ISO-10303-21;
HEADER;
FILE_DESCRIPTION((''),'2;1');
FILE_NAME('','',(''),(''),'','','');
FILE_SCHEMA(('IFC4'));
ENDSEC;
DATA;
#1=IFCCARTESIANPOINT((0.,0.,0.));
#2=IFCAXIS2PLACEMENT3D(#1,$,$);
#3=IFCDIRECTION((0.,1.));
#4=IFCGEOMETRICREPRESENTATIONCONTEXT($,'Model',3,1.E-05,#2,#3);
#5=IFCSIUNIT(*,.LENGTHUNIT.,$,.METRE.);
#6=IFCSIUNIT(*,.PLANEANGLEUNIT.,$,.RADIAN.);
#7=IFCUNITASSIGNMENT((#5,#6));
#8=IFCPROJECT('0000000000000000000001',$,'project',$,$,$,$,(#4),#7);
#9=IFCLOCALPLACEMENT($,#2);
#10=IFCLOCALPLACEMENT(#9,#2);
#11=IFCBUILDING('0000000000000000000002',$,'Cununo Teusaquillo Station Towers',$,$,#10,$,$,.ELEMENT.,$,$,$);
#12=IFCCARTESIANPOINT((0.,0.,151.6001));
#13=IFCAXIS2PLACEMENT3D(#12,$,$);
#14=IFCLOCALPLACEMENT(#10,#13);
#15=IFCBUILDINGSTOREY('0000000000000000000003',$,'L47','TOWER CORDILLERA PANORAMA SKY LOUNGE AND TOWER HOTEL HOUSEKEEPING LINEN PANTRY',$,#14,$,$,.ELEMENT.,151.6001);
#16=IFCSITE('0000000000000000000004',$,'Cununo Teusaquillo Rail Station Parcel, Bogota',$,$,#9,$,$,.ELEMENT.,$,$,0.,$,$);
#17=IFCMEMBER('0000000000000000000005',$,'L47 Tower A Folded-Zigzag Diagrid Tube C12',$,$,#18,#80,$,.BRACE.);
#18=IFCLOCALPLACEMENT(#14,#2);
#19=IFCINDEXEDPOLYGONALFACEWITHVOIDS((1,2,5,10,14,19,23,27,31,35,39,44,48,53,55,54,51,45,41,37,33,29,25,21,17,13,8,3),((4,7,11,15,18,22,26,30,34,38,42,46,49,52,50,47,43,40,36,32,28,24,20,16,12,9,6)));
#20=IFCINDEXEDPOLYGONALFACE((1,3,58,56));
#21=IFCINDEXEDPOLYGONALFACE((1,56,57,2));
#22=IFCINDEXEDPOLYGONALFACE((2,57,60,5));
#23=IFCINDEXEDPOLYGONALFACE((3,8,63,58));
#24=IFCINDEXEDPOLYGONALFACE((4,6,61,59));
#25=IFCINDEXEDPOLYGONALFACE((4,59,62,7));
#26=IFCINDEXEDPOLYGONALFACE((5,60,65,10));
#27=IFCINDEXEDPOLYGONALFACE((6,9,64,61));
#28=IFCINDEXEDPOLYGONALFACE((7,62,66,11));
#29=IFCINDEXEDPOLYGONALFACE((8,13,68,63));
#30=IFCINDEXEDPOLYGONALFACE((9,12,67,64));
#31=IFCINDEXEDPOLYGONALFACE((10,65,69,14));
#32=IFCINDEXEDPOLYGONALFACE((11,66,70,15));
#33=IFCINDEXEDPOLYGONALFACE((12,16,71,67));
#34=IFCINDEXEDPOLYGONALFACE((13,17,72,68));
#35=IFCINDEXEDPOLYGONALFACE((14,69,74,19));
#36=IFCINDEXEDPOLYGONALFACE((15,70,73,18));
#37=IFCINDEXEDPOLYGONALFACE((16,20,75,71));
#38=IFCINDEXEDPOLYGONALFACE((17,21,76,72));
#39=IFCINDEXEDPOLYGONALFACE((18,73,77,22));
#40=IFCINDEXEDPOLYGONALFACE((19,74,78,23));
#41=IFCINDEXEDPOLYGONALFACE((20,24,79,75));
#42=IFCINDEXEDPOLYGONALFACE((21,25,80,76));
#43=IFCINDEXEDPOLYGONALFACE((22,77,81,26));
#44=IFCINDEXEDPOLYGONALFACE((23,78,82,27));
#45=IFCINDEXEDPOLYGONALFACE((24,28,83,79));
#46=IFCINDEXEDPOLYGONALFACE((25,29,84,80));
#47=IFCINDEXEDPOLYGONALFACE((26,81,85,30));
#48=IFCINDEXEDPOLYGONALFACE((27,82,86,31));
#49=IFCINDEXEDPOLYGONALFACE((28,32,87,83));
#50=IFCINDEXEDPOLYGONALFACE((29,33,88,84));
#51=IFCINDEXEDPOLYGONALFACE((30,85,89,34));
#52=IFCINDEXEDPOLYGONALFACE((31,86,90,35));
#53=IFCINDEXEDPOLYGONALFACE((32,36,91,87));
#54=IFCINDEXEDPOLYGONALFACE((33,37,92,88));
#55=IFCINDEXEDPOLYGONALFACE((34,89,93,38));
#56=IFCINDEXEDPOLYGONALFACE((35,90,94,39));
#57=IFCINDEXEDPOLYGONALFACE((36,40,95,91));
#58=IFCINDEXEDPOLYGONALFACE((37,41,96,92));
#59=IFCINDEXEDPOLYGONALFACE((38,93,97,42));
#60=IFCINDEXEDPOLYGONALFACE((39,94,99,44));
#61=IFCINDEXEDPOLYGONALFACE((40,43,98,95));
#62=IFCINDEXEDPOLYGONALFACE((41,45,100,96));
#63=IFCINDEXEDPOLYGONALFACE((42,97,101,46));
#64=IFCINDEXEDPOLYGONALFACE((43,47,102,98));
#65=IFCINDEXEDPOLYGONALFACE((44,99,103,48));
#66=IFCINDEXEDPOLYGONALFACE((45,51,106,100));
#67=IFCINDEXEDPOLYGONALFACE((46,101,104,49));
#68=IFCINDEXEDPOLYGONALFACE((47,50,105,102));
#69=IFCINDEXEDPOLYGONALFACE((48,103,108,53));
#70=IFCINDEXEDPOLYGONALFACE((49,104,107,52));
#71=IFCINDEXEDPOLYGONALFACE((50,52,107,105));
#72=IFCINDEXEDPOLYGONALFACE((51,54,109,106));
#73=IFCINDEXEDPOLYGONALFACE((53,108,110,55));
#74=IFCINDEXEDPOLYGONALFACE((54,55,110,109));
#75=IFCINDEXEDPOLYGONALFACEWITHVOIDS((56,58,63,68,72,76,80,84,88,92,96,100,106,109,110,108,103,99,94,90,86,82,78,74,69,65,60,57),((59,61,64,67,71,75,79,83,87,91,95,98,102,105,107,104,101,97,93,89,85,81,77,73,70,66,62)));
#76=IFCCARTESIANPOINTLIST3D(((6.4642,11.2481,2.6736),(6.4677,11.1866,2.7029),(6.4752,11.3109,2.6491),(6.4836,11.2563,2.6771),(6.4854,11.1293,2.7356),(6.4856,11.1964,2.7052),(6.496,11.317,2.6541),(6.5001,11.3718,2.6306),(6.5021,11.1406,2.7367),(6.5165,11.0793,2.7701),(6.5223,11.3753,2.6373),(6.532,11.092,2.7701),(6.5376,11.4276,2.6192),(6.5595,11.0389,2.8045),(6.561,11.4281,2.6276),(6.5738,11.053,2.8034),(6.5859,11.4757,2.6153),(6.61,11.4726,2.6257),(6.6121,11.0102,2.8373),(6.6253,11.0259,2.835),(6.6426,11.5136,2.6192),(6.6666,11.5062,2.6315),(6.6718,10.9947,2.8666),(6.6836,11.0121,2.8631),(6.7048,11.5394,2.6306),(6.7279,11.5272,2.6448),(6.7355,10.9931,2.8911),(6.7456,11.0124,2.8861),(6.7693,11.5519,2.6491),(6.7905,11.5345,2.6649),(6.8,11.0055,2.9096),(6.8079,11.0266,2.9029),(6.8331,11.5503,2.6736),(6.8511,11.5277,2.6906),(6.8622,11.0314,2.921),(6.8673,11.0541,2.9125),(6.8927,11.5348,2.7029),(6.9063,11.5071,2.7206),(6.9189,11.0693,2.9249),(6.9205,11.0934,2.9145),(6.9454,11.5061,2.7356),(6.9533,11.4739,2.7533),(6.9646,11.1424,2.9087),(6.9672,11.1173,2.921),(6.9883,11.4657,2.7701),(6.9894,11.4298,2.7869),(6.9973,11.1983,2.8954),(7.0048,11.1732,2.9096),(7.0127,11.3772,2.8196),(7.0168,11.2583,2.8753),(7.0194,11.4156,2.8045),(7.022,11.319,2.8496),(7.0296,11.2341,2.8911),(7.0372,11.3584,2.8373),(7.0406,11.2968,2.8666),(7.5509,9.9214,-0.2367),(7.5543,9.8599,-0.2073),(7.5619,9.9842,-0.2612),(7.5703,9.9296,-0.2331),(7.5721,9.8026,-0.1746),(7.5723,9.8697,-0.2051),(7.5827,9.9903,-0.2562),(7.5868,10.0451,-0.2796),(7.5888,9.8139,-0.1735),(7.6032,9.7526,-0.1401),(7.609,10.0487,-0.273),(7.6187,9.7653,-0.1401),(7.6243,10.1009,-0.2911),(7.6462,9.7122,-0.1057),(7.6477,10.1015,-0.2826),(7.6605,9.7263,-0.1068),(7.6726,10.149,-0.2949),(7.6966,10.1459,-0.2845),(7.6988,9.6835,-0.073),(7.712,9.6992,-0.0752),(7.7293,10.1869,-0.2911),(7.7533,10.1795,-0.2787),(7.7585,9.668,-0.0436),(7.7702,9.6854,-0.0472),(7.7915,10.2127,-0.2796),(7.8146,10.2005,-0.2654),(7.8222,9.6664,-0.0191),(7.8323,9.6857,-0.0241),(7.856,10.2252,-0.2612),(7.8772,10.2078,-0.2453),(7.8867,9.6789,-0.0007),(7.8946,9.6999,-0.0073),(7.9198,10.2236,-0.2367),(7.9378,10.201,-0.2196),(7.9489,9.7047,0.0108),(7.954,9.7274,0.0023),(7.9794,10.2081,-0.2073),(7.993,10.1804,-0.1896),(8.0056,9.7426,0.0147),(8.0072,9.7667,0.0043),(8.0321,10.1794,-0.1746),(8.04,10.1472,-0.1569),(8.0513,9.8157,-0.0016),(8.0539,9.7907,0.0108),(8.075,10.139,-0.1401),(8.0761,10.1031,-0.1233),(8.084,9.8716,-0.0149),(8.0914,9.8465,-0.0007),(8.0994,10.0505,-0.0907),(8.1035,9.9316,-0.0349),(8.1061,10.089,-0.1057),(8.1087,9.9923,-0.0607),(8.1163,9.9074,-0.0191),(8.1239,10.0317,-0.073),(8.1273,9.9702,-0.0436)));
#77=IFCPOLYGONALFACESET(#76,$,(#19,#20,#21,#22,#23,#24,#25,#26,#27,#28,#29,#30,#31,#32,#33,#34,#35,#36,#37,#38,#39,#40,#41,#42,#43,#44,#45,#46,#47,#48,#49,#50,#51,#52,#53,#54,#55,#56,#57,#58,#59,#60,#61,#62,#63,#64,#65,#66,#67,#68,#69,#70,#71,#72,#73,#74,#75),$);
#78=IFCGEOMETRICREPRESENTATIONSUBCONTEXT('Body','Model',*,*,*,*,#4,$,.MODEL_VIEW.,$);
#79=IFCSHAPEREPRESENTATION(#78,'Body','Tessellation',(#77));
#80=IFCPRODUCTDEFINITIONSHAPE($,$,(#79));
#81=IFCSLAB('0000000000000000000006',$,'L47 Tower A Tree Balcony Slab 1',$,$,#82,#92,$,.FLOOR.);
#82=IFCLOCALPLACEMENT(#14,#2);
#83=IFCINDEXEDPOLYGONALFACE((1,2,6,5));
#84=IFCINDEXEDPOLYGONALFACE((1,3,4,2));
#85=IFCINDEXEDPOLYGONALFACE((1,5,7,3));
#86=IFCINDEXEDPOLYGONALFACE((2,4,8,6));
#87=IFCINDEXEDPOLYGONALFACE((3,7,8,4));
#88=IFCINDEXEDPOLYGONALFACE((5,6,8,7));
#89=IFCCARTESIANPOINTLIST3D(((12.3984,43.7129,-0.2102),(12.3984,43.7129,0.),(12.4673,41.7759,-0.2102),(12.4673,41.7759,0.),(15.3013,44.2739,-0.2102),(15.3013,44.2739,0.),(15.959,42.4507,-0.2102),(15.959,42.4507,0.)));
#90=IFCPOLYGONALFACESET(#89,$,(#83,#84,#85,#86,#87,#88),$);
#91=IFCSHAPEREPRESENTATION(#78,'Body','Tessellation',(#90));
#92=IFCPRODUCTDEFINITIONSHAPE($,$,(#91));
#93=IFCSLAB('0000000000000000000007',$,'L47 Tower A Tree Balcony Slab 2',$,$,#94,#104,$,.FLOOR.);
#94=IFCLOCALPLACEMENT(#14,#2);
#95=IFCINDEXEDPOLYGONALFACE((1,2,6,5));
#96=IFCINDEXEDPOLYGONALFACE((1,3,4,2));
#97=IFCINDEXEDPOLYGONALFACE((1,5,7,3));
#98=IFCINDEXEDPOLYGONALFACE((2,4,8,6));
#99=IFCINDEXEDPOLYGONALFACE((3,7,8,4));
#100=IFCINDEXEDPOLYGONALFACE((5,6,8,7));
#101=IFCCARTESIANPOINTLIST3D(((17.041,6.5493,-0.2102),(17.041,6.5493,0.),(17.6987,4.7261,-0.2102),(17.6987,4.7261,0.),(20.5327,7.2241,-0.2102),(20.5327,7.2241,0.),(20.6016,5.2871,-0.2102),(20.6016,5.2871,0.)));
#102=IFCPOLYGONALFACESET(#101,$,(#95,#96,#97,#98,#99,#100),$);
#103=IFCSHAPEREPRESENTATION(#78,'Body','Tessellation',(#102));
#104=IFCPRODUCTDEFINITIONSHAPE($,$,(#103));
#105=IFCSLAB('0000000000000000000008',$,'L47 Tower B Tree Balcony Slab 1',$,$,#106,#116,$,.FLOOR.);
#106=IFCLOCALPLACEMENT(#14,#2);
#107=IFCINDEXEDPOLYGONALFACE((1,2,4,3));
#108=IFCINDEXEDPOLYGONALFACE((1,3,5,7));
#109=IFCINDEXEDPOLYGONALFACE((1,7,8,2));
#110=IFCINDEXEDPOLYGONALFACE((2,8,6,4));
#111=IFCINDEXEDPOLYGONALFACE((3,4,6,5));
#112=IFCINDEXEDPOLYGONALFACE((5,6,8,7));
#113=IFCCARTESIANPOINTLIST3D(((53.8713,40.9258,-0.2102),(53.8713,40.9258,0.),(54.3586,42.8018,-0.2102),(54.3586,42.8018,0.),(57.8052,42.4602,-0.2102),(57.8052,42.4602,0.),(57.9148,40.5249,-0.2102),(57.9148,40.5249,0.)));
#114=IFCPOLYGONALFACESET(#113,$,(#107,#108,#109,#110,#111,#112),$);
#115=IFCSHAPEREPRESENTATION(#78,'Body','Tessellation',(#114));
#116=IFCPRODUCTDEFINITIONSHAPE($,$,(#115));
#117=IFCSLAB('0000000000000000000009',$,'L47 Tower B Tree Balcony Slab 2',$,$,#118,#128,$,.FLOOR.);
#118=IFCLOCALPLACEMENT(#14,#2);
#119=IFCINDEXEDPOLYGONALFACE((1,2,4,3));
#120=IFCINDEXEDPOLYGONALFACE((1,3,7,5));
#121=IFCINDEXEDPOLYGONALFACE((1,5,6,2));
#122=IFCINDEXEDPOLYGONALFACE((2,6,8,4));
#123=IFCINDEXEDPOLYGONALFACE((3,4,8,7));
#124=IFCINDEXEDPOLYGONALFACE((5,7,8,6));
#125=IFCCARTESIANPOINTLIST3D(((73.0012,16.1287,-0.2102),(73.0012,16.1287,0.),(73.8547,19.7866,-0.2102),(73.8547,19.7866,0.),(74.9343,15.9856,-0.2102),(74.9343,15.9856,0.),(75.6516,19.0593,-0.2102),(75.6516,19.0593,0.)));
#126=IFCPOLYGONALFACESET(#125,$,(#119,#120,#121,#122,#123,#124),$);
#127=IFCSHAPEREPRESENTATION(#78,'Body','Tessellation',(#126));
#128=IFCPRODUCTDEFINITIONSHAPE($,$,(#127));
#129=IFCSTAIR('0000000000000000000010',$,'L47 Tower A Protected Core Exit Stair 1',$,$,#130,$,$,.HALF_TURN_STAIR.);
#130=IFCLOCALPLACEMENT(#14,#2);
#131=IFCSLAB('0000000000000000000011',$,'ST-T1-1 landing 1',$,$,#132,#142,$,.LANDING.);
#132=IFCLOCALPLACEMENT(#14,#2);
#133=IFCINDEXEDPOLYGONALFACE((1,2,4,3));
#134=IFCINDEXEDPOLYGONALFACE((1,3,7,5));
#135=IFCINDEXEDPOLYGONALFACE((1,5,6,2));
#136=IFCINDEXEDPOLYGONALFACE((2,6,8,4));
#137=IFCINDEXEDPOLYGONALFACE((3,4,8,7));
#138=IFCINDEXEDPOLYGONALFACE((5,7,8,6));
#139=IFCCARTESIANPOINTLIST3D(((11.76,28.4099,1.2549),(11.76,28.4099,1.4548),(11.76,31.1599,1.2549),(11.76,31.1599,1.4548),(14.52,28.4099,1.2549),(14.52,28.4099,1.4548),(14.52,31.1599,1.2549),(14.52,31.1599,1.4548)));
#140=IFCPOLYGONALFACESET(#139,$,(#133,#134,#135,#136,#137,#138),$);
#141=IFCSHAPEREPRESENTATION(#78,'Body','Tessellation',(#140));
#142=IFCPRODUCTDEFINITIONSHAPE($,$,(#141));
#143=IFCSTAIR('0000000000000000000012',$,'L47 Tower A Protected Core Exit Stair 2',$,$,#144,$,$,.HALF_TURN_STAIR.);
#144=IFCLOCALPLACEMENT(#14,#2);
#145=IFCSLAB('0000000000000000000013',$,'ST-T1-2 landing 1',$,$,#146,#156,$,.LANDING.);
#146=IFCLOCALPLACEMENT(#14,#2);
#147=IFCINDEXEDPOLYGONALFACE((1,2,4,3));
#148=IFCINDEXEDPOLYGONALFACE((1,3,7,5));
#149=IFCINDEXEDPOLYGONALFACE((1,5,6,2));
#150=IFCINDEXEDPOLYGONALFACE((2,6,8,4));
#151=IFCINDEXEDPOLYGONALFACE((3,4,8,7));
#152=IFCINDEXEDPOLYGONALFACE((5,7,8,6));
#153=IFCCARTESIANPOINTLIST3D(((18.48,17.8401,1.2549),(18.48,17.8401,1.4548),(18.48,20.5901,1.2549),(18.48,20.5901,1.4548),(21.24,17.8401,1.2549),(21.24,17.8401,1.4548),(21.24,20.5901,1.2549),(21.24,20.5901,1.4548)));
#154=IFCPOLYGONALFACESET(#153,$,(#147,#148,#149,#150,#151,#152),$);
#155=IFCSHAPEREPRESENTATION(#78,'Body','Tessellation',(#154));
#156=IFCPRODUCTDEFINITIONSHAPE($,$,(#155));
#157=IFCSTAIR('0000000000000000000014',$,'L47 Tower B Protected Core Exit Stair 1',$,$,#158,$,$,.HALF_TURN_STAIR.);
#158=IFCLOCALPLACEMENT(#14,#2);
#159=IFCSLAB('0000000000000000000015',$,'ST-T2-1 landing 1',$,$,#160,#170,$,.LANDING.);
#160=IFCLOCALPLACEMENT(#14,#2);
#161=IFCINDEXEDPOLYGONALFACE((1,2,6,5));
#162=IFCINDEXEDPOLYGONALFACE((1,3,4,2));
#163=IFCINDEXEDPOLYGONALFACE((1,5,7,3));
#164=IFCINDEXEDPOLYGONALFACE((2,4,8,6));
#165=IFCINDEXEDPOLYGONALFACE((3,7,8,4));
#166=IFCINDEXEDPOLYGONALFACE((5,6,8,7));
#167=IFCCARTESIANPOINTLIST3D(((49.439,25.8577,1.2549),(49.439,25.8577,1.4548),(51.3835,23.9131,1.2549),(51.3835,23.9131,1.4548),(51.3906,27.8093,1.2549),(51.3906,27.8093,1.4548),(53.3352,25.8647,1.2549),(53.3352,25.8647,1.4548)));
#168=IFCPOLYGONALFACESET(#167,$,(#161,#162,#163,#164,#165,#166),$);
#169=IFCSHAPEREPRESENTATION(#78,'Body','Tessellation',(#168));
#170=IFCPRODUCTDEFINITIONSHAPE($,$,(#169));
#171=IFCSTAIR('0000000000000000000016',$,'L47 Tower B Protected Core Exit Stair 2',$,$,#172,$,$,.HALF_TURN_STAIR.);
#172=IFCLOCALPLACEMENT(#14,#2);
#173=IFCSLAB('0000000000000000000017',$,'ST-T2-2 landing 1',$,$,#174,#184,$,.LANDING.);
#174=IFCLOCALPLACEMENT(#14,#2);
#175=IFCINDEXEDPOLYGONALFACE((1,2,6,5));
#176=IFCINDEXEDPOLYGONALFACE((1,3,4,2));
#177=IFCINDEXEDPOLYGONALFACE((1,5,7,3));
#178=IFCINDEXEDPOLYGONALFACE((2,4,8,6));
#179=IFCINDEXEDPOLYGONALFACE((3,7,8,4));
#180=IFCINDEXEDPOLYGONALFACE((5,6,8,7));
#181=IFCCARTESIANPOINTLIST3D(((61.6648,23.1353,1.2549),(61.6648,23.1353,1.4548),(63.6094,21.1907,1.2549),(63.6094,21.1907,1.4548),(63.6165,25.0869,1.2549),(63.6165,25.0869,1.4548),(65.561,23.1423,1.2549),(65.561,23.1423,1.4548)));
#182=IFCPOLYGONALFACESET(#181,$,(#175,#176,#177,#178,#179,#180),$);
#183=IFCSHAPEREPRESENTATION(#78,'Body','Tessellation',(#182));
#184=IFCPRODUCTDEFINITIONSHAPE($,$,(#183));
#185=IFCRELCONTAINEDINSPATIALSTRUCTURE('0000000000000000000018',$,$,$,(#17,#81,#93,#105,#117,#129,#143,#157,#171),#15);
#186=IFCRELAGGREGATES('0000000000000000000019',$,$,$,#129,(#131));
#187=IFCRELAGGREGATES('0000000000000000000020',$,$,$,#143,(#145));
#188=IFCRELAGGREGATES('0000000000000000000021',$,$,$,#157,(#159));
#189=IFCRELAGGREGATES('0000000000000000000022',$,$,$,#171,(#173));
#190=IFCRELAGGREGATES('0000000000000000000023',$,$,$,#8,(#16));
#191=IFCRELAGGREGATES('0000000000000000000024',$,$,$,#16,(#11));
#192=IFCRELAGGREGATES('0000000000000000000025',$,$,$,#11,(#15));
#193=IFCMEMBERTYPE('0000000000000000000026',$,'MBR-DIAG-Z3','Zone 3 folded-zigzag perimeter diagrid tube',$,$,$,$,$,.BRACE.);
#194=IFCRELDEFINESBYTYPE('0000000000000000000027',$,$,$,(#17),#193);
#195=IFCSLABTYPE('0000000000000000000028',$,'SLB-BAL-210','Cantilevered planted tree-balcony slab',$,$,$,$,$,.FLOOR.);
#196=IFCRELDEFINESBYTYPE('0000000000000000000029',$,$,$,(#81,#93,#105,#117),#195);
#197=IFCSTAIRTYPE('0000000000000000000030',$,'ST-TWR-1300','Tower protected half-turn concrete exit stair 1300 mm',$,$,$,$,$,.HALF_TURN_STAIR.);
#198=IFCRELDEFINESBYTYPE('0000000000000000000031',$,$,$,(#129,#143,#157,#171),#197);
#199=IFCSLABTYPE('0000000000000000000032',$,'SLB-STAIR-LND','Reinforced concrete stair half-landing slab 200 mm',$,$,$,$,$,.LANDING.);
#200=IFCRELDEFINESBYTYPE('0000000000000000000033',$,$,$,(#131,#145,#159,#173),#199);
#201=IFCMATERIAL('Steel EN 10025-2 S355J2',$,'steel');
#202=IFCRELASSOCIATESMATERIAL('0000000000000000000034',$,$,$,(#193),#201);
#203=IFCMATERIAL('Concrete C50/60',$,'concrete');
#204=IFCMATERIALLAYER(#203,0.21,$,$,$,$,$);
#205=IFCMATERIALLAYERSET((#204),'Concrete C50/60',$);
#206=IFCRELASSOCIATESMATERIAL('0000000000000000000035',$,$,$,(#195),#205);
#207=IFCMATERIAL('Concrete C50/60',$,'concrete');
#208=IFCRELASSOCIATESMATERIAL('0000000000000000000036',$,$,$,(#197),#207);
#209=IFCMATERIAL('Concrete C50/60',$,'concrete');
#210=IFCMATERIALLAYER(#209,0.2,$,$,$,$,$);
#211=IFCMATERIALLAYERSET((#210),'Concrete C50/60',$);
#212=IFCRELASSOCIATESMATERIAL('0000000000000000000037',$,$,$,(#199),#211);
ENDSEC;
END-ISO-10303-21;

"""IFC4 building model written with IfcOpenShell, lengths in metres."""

from ifc_helpers import new_model, si_unit, direction, frame, origin, origin_2d, place, context, subcontext, project, spatial, polyline, hollow_circle, outline, extrude, material, layer, layer_set, material_profile, profile_set, type_object, element, aggregate, save


model = new_model("IFC4")

# Units and contexts
model_context = context("Model", 3, precision=1e-05, world=origin(), true_north=direction((0.0, 1.0)))
body_context = subcontext(model_context, "Body", "Model", "MODEL_VIEW")
ifc_project = project(units=[si_unit("LENGTHUNIT", "METRE"), si_unit("PLANEANGLEUNIT", "RADIAN")], contexts=[model_context])

# Site, building, storey
site_placement = place(None, origin())
site = spatial("IfcSite", under=ifc_project, at=site_placement, Name="Cununo Teusaquillo Rail Station Parcel, Bogota", CompositionType="ELEMENT", RefElevation=0.0)
building_placement = place(site_placement, origin())
building = spatial("IfcBuilding", under=site, at=building_placement, Name="Cununo Teusaquillo Station Towers", CompositionType="ELEMENT")
storey_placement = place(building_placement, frame((0.0, 0.0, 151.6001)))
storey = spatial("IfcBuildingStorey", under=building, at=storey_placement, Name="L47", Description="TOWER CORDILLERA PANORAMA SKY LOUNGE AND TOWER HOTEL HOUSEKEEPING LINEN PANTRY", CompositionType="ELEMENT", Elevation=151.6001)

# Member
ifc_material_1 = material(Name="Steel EN 10025-2 S355J2", Category="steel")
ifc_material_profile_1 = material_profile(ifc_material_1, hollow_circle(Radius=0.3049, WallThickness=0.02, at=origin_2d()), Name="CHS 610x20")
ifc_profile_set_1 = profile_set([ifc_material_profile_1], Name="Steel EN 10025-2 S355J2")
member_type = type_object("IfcMemberType", Name="MBR-DIAG-Z3", Description="Zone 3 folded-zigzag perimeter diagrid tube", PredefinedType="BRACE", material=ifc_profile_set_1)
member_placement = place(storey_placement, frame((7.8391, 9.9458, -0.1401), z_axis=(-0.321704, 0.392753, 0.86154), x_axis=(-0.773608, -0.633664, 0.0)))
element("IfcMember", 1, at=member_placement, inside=storey, type_object=member_type, Name="L47 Tower A Folded-Zigzag Diagrid Tube C12", PredefinedType="BRACE", context=body_context, shape_type="SweptSolid", body=[
    extrude(hollow_circle(Radius=0.3049, WallThickness=0.02, at=origin_2d()), origin(), (0.0, 0.0, 1.0), 3.3779),
])

# Slabs
ifc_material_2 = material(Name="Concrete C50/60", Category="concrete")
ifc_layer_1 = layer(ifc_material_2, 0.21)
ifc_layer_set_1 = layer_set([ifc_layer_1], Name="Concrete C50/60")
slab_type_1 = type_object("IfcSlabType", Name="SLB-BAL-210", Description="Cantilevered planted tree-balcony slab", PredefinedType="FLOOR", material=ifc_layer_set_1)
slab_1_placement = place(storey_placement, frame((0.0, 0.0, -0.2102)))
element("IfcSlab", 2, at=slab_1_placement, inside=storey, type_object=slab_type_1, Name="L47 Tower A Tree Balcony Slab 1", PredefinedType="FLOOR", context=body_context, shape_type="SweptSolid", body=[
    extrude(outline(polyline([(15.959, 42.4507), (12.4673, 41.7759), (12.3984, 43.7129), (15.3013, 44.2739), (15.959, 42.4507)])), origin(), (0.0, 0.0, 1.0), 0.2102),
])
slab_2_placement = place(storey_placement, frame((0.0, 0.0, -0.2102)))
element("IfcSlab", 3, at=slab_2_placement, inside=storey, type_object=slab_type_1, Name="L47 Tower A Tree Balcony Slab 2", PredefinedType="FLOOR", context=body_context, shape_type="SweptSolid", body=[
    extrude(outline(polyline([(17.041, 6.5493), (20.5327, 7.2241), (20.6016, 5.2871), (17.6987, 4.7261), (17.041, 6.5493)])), origin(), (0.0, 0.0, 1.0), 0.2102),
])
slab_3_placement = place(storey_placement, frame((0.0, 0.0, -0.2102)))
element("IfcSlab", 4, at=slab_3_placement, inside=storey, type_object=slab_type_1, Name="L47 Tower B Tree Balcony Slab 1", PredefinedType="FLOOR", context=body_context, shape_type="SweptSolid", body=[
    extrude(outline(polyline([(57.9148, 40.5249), (53.8713, 40.9258), (54.3586, 42.8018), (57.8052, 42.4602), (57.9148, 40.5249)])), origin(), (0.0, 0.0, 1.0), 0.2102),
])
slab_4_placement = place(storey_placement, frame((0.0, 0.0, -0.2102)))
element("IfcSlab", 5, at=slab_4_placement, inside=storey, type_object=slab_type_1, Name="L47 Tower B Tree Balcony Slab 2", PredefinedType="FLOOR", context=body_context, shape_type="SweptSolid", body=[
    extrude(outline(polyline([(73.0012, 16.1287), (73.8547, 19.7866), (75.6516, 19.0593), (74.9343, 15.9856), (73.0012, 16.1287)])), origin(), (0.0, 0.0, 1.0), 0.2102),
])

# Stairs, slabs
ifc_material_3 = material(Name="Concrete C50/60", Category="concrete")
stair_type = type_object("IfcStairType", Name="ST-TWR-1300", Description="Tower protected half-turn concrete exit stair 1300 mm", PredefinedType="HALF_TURN_STAIR", material=ifc_material_3)
stair_1_placement = place(storey_placement, origin())
stair_1 = element("IfcStair", 6, at=stair_1_placement, inside=storey, type_object=stair_type, Name="L47 Tower A Protected Core Exit Stair 1", PredefinedType="HALF_TURN_STAIR")
ifc_material_4 = material(Name="Concrete C50/60", Category="concrete")
ifc_layer_2 = layer(ifc_material_4, 0.2)
ifc_layer_set_2 = layer_set([ifc_layer_2], Name="Concrete C50/60")
slab_type_2 = type_object("IfcSlabType", Name="SLB-STAIR-LND", Description="Reinforced concrete stair half-landing slab 200 mm", PredefinedType="LANDING", material=ifc_layer_set_2)
slab_5_placement = place(storey_placement, frame((0.0, 0.0, 1.2549)))
slab_5 = element("IfcSlab", 7, at=slab_5_placement, type_object=slab_type_2, Name="ST-T1-1 landing 1", PredefinedType="LANDING", context=body_context, shape_type="SweptSolid", body=[
    extrude(outline(polyline([(14.52, 28.4099), (14.52, 31.1599), (11.76, 31.1599), (11.76, 28.4099), (14.52, 28.4099)])), origin(), (0.0, 0.0, 1.0), 0.2),
])
aggregate(stair_1, [slab_5])
stair_2_placement = place(storey_placement, origin())
stair_2 = element("IfcStair", 8, at=stair_2_placement, inside=storey, type_object=stair_type, Name="L47 Tower A Protected Core Exit Stair 2", PredefinedType="HALF_TURN_STAIR")
slab_6_placement = place(storey_placement, frame((0.0, 0.0, 1.2549)))
slab_6 = element("IfcSlab", 9, at=slab_6_placement, type_object=slab_type_2, Name="ST-T1-2 landing 1", PredefinedType="LANDING", context=body_context, shape_type="SweptSolid", body=[
    extrude(outline(polyline([(18.48, 20.5901), (18.48, 17.8401), (21.24, 17.8401), (21.24, 20.5901), (18.48, 20.5901)])), origin(), (0.0, 0.0, 1.0), 0.2),
])
aggregate(stair_2, [slab_6])
stair_3_placement = place(storey_placement, origin())
stair_3 = element("IfcStair", 10, at=stair_3_placement, inside=storey, type_object=stair_type, Name="L47 Tower B Protected Core Exit Stair 1", PredefinedType="HALF_TURN_STAIR")
slab_7_placement = place(storey_placement, frame((0.0, 0.0, 1.2549)))
slab_7 = element("IfcSlab", 11, at=slab_7_placement, type_object=slab_type_2, Name="ST-T2-1 landing 1", PredefinedType="LANDING", context=body_context, shape_type="SweptSolid", body=[
    extrude(outline(polyline([(53.3352, 25.8647), (51.3906, 27.8093), (49.439, 25.8577), (51.3835, 23.9131), (53.3352, 25.8647)])), origin(), (0.0, 0.0, 1.0), 0.2),
])
aggregate(stair_3, [slab_7])
stair_4_placement = place(storey_placement, origin())
stair_4 = element("IfcStair", 12, at=stair_4_placement, inside=storey, type_object=stair_type, Name="L47 Tower B Protected Core Exit Stair 2", PredefinedType="HALF_TURN_STAIR")
slab_8_placement = place(storey_placement, frame((0.0, 0.0, 1.2549)))
slab_8 = element("IfcSlab", 13, at=slab_8_placement, type_object=slab_type_2, Name="ST-T2-2 landing 1", PredefinedType="LANDING", context=body_context, shape_type="SweptSolid", body=[
    extrude(outline(polyline([(61.6648, 23.1353), (63.6094, 21.1907), (65.561, 23.1423), (63.6165, 25.0869), (61.6648, 23.1353)])), origin(), (0.0, 0.0, 1.0), 0.2),
])
aggregate(stair_4, [slab_8])

save(model, "model.ifc")
